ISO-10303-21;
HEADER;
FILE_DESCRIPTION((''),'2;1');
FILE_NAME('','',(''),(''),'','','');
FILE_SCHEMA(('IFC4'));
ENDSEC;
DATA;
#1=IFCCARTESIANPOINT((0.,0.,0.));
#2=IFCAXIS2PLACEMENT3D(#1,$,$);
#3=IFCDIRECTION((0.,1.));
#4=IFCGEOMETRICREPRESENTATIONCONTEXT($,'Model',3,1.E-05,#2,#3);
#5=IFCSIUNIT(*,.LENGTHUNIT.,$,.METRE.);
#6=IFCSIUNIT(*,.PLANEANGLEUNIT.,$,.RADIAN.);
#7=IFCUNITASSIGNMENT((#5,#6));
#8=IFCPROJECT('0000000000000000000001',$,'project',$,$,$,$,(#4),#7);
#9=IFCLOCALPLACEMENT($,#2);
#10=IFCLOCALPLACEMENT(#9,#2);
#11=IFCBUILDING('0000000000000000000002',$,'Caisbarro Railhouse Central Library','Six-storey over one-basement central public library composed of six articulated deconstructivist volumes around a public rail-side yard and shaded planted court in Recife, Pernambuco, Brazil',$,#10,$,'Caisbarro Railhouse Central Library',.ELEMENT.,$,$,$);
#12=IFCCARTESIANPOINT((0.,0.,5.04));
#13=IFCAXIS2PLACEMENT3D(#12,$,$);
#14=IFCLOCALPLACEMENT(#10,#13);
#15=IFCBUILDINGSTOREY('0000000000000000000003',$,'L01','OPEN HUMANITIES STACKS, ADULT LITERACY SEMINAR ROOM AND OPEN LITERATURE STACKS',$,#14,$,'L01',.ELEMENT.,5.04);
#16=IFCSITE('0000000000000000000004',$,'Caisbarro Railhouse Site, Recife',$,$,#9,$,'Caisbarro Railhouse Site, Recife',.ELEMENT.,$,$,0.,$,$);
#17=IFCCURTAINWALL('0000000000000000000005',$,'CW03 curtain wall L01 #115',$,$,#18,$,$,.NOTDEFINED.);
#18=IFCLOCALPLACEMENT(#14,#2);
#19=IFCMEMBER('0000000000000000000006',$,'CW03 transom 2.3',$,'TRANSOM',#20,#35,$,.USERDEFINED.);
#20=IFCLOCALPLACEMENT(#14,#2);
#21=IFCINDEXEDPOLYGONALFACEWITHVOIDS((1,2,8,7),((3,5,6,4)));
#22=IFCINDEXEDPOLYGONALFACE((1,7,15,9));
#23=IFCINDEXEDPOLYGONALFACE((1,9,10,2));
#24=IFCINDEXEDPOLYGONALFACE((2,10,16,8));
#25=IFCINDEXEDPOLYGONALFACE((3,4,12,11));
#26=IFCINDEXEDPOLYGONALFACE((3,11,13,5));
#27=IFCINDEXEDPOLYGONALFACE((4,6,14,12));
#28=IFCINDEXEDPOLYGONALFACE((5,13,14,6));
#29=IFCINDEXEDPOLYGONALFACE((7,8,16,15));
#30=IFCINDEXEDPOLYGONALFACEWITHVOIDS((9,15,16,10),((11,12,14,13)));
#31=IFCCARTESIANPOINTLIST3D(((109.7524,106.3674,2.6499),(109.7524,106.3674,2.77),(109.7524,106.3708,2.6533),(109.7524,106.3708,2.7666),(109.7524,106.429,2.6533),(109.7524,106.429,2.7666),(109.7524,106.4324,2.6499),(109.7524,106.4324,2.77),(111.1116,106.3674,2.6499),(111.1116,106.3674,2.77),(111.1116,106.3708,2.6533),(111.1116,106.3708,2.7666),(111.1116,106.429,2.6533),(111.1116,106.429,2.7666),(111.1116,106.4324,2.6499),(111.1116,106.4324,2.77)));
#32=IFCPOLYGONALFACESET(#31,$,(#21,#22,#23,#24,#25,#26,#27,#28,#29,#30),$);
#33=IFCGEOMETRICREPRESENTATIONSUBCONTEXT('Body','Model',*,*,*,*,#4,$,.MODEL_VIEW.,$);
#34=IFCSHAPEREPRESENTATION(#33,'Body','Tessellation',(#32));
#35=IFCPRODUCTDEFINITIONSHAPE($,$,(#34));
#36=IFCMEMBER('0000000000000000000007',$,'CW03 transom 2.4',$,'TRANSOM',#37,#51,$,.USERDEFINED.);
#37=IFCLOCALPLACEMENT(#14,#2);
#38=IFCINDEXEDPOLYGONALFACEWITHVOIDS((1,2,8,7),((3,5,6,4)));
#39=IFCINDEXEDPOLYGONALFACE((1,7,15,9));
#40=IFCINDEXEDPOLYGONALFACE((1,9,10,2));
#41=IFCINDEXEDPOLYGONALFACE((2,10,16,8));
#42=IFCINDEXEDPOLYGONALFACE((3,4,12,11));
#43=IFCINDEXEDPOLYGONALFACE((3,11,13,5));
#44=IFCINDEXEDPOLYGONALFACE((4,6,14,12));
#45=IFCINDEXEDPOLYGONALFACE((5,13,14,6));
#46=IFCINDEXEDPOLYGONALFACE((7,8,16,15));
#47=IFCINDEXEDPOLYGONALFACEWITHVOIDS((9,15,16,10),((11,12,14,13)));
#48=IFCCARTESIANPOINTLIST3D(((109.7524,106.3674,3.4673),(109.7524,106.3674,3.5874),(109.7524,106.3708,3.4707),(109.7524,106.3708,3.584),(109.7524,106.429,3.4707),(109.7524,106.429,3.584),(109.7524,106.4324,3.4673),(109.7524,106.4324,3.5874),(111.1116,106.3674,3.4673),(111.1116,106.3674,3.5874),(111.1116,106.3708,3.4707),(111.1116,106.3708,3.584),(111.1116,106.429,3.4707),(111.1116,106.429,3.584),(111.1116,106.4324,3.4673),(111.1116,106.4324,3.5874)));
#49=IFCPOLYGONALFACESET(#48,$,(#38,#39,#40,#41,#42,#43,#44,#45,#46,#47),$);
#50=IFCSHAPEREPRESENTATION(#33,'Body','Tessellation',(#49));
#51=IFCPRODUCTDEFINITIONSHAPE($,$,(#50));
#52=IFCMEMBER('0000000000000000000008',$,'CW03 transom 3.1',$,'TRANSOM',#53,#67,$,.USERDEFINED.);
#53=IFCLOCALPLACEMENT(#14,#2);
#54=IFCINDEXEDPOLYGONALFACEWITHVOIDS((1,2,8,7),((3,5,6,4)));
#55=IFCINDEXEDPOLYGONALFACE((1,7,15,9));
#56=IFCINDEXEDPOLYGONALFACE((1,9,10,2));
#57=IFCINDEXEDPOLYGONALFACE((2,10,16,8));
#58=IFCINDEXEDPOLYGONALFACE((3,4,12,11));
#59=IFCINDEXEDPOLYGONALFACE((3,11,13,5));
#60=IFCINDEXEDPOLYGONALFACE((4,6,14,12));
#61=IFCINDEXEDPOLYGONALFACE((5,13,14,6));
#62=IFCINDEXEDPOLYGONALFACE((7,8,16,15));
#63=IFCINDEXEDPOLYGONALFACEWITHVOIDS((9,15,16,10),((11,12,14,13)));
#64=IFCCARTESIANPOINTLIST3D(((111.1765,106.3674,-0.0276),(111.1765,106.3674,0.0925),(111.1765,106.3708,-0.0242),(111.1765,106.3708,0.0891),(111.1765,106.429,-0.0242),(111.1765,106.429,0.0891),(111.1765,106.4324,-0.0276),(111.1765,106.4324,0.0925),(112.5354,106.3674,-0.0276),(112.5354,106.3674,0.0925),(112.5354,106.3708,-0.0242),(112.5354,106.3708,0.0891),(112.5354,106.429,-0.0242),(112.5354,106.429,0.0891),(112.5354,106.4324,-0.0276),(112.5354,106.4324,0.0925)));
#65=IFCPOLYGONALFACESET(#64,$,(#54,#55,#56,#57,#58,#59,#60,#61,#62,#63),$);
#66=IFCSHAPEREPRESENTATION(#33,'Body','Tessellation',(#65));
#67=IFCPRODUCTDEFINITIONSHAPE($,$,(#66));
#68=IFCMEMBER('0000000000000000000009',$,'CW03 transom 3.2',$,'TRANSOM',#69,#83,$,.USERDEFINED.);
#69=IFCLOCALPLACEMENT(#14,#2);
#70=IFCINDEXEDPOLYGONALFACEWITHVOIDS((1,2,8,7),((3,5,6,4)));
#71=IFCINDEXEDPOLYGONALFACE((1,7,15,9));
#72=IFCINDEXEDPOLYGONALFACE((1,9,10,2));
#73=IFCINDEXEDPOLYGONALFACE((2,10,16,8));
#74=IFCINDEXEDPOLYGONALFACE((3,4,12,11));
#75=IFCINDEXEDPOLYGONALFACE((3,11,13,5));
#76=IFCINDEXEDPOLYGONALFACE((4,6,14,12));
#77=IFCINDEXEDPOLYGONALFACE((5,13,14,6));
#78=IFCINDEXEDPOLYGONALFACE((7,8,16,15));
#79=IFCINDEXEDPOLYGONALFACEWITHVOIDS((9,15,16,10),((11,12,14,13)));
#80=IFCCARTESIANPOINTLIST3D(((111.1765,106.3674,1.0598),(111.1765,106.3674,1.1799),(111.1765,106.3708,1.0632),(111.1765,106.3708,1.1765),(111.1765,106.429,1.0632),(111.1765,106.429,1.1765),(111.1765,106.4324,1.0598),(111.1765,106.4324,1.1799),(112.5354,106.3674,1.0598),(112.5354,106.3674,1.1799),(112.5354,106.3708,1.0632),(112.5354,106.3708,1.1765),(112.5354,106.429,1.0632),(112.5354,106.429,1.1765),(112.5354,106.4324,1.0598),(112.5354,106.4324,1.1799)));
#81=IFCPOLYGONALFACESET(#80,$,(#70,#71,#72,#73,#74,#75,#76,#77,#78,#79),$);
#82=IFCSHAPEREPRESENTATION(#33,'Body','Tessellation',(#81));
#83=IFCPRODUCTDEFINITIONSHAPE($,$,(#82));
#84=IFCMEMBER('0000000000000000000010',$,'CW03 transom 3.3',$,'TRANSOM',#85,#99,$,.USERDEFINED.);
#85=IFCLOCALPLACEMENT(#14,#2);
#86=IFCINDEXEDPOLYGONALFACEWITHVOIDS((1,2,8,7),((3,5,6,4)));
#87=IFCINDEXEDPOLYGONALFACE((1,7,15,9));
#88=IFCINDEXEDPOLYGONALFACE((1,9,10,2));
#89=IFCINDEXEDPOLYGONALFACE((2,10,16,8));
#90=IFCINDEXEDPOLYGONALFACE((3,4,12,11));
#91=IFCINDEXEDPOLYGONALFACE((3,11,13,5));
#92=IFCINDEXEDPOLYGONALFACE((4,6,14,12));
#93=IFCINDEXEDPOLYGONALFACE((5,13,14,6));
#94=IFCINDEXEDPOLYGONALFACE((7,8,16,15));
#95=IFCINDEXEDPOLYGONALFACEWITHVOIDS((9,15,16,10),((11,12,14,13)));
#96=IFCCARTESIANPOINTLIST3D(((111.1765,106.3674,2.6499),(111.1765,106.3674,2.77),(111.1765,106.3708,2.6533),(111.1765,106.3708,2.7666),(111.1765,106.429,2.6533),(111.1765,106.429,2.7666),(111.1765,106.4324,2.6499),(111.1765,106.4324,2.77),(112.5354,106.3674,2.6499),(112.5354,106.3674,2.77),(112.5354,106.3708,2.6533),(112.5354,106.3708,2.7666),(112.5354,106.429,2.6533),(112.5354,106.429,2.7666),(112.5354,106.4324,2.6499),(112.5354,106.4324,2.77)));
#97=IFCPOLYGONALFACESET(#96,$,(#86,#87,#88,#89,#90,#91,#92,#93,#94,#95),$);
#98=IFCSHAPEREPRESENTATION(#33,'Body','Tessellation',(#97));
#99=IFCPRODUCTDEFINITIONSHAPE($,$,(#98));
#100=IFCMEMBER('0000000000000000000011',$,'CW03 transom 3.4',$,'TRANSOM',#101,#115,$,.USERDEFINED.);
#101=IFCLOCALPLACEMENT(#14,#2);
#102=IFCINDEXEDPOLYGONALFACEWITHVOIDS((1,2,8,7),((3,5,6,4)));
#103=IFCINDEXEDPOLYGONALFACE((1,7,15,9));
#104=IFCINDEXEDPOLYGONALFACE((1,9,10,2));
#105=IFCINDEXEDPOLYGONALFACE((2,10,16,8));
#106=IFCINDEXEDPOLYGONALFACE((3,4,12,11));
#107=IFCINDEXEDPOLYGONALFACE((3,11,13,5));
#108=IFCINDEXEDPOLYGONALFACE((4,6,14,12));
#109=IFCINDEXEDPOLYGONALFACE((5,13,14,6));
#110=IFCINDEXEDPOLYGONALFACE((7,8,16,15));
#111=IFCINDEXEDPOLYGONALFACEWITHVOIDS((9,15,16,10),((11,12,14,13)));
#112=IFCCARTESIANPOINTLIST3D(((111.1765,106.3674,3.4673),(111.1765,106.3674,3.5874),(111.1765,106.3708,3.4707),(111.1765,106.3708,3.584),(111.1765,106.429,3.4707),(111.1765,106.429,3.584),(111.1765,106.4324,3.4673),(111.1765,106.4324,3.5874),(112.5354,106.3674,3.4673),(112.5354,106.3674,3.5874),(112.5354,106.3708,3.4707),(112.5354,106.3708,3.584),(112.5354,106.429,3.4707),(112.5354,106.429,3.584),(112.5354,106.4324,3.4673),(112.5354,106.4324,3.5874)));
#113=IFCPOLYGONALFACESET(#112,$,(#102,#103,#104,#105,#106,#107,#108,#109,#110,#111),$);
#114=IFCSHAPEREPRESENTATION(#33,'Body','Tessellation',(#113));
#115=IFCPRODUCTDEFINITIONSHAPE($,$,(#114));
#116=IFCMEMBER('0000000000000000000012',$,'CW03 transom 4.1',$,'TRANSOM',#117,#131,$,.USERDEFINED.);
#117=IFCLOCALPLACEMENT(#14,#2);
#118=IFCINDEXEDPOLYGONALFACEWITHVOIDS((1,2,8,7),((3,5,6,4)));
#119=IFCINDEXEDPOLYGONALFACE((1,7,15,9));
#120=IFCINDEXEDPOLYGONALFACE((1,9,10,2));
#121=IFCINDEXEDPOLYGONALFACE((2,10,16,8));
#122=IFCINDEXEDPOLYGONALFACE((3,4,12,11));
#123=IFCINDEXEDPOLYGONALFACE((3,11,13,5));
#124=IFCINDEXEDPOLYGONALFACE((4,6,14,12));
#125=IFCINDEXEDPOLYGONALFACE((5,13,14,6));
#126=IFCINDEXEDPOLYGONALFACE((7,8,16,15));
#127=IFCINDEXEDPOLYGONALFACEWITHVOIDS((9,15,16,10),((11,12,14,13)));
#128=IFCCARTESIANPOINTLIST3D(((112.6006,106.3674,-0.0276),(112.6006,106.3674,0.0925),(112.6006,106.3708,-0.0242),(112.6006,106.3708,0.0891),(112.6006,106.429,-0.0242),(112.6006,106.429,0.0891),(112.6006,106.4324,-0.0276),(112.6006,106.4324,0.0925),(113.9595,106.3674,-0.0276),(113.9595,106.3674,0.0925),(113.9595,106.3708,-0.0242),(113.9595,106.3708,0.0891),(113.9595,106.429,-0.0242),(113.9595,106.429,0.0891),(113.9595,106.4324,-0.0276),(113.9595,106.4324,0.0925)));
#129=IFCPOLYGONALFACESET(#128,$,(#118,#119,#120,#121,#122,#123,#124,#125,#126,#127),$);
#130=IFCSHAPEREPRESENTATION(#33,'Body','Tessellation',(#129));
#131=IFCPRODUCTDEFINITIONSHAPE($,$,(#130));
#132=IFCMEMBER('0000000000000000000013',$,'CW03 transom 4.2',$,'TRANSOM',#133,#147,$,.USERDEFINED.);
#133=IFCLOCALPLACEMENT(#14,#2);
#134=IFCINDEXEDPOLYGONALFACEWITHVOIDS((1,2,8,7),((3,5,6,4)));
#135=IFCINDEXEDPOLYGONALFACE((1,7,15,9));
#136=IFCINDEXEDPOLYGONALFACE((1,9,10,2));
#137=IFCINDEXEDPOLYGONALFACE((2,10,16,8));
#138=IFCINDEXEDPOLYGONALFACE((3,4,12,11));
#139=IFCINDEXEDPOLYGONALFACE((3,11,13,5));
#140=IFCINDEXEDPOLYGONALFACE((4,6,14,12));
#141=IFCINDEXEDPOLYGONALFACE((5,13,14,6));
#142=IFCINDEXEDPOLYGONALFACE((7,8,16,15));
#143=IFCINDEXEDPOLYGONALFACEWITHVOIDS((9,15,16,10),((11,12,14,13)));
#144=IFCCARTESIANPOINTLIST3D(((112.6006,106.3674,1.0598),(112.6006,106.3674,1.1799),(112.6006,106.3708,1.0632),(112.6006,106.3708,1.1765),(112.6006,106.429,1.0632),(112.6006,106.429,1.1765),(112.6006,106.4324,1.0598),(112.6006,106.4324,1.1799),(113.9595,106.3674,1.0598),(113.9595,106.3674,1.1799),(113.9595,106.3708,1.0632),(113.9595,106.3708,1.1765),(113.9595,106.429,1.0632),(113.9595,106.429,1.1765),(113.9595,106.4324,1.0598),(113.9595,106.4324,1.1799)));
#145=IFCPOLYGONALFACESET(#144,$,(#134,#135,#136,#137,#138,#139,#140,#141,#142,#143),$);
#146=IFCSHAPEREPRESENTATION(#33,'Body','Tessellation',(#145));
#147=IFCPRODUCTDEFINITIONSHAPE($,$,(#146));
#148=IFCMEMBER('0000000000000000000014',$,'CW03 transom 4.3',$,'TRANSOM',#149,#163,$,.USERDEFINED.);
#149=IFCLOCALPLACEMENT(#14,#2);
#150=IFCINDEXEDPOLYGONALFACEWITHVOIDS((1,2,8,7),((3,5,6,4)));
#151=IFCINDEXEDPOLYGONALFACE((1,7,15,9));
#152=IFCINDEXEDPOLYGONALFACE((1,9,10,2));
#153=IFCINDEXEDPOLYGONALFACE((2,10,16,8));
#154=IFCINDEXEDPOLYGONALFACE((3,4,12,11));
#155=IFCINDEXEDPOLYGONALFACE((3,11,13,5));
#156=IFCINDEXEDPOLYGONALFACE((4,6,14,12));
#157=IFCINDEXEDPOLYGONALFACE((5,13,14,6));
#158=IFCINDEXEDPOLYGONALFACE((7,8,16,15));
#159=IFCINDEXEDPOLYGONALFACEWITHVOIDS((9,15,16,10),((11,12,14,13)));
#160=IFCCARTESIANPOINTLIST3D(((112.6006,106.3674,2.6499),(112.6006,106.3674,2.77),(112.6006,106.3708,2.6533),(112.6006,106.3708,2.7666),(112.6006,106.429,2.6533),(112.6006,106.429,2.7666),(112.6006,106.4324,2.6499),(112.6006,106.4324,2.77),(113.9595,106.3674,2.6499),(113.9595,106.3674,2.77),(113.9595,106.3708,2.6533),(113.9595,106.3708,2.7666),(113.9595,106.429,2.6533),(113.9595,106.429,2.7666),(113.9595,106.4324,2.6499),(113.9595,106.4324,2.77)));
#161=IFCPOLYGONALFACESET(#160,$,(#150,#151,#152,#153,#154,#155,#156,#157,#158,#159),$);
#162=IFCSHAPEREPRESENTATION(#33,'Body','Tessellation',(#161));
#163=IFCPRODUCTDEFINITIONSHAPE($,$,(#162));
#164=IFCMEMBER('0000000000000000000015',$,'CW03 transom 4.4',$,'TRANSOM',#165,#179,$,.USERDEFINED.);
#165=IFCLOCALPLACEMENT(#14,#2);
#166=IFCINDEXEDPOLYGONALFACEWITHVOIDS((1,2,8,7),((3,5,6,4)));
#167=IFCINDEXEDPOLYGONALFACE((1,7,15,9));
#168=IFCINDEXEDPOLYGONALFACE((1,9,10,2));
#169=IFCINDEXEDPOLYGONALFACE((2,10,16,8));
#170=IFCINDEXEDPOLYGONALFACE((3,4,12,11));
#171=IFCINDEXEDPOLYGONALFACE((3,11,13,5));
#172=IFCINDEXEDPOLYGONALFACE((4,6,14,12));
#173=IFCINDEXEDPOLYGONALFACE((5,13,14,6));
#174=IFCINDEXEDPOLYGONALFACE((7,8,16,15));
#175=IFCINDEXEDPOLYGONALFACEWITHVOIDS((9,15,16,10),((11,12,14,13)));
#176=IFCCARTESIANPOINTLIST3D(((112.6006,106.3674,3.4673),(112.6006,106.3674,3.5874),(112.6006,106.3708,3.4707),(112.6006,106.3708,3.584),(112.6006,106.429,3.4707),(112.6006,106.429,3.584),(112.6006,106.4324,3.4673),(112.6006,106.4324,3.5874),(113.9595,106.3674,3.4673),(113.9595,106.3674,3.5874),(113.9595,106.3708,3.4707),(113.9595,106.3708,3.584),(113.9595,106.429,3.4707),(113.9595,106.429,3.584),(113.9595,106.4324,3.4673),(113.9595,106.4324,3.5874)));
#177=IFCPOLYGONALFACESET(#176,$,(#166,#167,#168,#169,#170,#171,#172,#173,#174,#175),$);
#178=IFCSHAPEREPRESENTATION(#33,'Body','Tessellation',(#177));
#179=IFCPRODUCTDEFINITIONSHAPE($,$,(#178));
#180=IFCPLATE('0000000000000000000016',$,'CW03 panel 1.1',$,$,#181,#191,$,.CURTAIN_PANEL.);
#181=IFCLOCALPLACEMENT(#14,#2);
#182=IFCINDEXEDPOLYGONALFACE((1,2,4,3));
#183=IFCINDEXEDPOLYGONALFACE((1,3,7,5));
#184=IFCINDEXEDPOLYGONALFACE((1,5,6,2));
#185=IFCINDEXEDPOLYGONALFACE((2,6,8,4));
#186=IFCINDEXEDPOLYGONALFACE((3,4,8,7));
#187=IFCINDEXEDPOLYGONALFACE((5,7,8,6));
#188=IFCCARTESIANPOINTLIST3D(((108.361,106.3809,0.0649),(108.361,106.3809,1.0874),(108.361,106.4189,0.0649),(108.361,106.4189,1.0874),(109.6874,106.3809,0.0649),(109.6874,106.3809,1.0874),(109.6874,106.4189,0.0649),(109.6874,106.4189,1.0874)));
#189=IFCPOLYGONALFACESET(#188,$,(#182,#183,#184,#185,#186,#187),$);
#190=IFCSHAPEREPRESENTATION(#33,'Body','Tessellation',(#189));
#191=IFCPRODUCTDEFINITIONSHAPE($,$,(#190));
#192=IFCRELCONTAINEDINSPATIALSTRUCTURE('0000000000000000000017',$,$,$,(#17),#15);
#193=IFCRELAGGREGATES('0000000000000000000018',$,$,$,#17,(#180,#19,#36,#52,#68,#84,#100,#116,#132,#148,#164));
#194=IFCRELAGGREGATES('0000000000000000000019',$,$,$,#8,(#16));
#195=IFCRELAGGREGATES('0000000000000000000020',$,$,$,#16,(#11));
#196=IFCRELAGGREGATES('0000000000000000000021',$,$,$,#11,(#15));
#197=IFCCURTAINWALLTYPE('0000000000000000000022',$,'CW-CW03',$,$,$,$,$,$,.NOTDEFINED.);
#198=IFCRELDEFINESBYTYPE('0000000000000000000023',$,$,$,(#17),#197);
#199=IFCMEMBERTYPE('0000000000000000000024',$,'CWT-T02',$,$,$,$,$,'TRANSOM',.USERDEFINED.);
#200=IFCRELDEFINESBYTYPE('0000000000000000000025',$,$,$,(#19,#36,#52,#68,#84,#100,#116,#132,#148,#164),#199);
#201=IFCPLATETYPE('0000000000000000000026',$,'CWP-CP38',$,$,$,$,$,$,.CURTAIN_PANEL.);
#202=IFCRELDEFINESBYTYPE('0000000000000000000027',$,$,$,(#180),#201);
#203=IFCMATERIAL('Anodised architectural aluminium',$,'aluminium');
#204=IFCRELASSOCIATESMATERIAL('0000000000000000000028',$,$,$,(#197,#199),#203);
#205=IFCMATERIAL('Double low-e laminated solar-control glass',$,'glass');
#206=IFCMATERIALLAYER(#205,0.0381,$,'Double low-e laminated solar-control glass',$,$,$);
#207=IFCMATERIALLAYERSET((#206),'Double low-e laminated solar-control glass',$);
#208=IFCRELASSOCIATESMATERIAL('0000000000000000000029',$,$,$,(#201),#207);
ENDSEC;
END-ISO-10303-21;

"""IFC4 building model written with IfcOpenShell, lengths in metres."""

from ifc_helpers import new_model, si_unit, direction, frame, origin, origin_2d, place, context, subcontext, project, spatial, rectangle, hollow_rectangle, extrude, material, layer, layer_set, material_profile, profile_set, type_object, element, aggregate, save


model = new_model("IFC4")

# Units and contexts
model_context = context("Model", 3, precision=1e-05, world=origin(), true_north=direction((0.0, 1.0)))
body_context = subcontext(model_context, "Body", "Model", "MODEL_VIEW")
ifc_project = project(units=[si_unit("LENGTHUNIT", "METRE"), si_unit("PLANEANGLEUNIT", "RADIAN")], contexts=[model_context])

# Site, building, storey
site_placement = place(None, origin())
site = spatial("IfcSite", under=ifc_project, at=site_placement, Name="Caisbarro Railhouse Site, Recife", LongName="Caisbarro Railhouse Site, Recife", CompositionType="ELEMENT", RefElevation=0.0)
building_placement = place(site_placement, origin())
building = spatial("IfcBuilding", under=site, at=building_placement, Name="Caisbarro Railhouse Central Library", Description="Six-storey over one-basement central public library composed of six articulated deconstructivist volumes around a public rail-side yard and shaded planted court in Recife, Pernambuco, Brazil", LongName="Caisbarro Railhouse Central Library", CompositionType="ELEMENT")
storey_placement = place(building_placement, frame((0.0, 0.0, 5.04)))
storey = spatial("IfcBuildingStorey", under=building, at=storey_placement, Name="L01", Description="OPEN HUMANITIES STACKS, ADULT LITERACY SEMINAR ROOM AND OPEN LITERATURE STACKS", LongName="L01", CompositionType="ELEMENT", Elevation=5.04)

# Shared definitions
ifc_material_1 = material(Name="Anodised architectural aluminium", Category="aluminium")

# Curtain wall
curtain_wall_type_1 = type_object("IfcCurtainWallType", Name="CW-CW03", PredefinedType="NOTDEFINED", material=ifc_material_1)
curtain_wall_1_placement = place(storey_placement, origin())
curtain_wall_1 = element("IfcCurtainWall", 1, at=curtain_wall_1_placement, inside=storey, type_object=curtain_wall_type_1, Name="CW03 curtain wall L01 #115", PredefinedType="NOTDEFINED")

# Members
ifc_material_profile_1 = material_profile(ifc_material_1, hollow_rectangle(XDim=0.0649, YDim=0.1201, WallThickness=0.0034, at=origin_2d()), Name="ALU-TRN-65X120")
ifc_profile_set_1 = profile_set([ifc_material_profile_1], Name="Anodised architectural aluminium")
member_type_1 = type_object("IfcMemberType", Name="CWT-T02", ElementType="TRANSOM", PredefinedType="USERDEFINED", material=ifc_profile_set_1)
member_1_placement = place(storey_placement, frame((109.7524, 106.3999, 2.71), z_axis=(1.0, 0.0, 0.0), x_axis=(0.0, 1.0, 0.0)))
member_1 = element("IfcMember", 2, at=member_1_placement, type_object=member_type_1, Name="CW03 transom 2.3", ObjectType="TRANSOM", PredefinedType="USERDEFINED", context=body_context, shape_type="SweptSolid", body=[
    extrude(hollow_rectangle(XDim=0.0649, YDim=0.1201, WallThickness=0.0034, at=origin_2d()), origin(), (0.0, 0.0, 1.0), 1.3591),
])
member_2_placement = place(storey_placement, frame((109.7524, 106.3999, 3.5273), z_axis=(1.0, 0.0, 0.0), x_axis=(0.0, 1.0, 0.0)))
member_2 = element("IfcMember", 3, at=member_2_placement, type_object=member_type_1, Name="CW03 transom 2.4", ObjectType="TRANSOM", PredefinedType="USERDEFINED", context=body_context, shape_type="SweptSolid", body=[
    extrude(hollow_rectangle(XDim=0.0649, YDim=0.1201, WallThickness=0.0034, at=origin_2d()), origin(), (0.0, 0.0, 1.0), 1.3591),
])
member_3_placement = place(storey_placement, frame((111.1765, 106.3999, 0.0325), z_axis=(1.0, 0.0, 0.0), x_axis=(0.0, 1.0, 0.0)))
member_3 = element("IfcMember", 4, at=member_3_placement, type_object=member_type_1, Name="CW03 transom 3.1", ObjectType="TRANSOM", PredefinedType="USERDEFINED", context=body_context, shape_type="SweptSolid", body=[
    extrude(hollow_rectangle(XDim=0.0649, YDim=0.1201, WallThickness=0.0034, at=origin_2d()), origin(), (0.0, 0.0, 1.0), 1.3589),
])
member_4_placement = place(storey_placement, frame((111.1765, 106.3999, 1.1199), z_axis=(1.0, 0.0, 0.0), x_axis=(0.0, 1.0, 0.0)))
member_4 = element("IfcMember", 5, at=member_4_placement, type_object=member_type_1, Name="CW03 transom 3.2", ObjectType="TRANSOM", PredefinedType="USERDEFINED", context=body_context, shape_type="SweptSolid", body=[
    extrude(hollow_rectangle(XDim=0.0649, YDim=0.1201, WallThickness=0.0034, at=origin_2d()), origin(), (0.0, 0.0, 1.0), 1.3589),
])
member_5_placement = place(storey_placement, frame((111.1765, 106.3999, 2.71), z_axis=(1.0, 0.0, 0.0), x_axis=(0.0, 1.0, 0.0)))
member_5 = element("IfcMember", 6, at=member_5_placement, type_object=member_type_1, Name="CW03 transom 3.3", ObjectType="TRANSOM", PredefinedType="USERDEFINED", context=body_context, shape_type="SweptSolid", body=[
    extrude(hollow_rectangle(XDim=0.0649, YDim=0.1201, WallThickness=0.0034, at=origin_2d()), origin(), (0.0, 0.0, 1.0), 1.3589),
])
member_6_placement = place(storey_placement, frame((111.1765, 106.3999, 3.5273), z_axis=(1.0, 0.0, 0.0), x_axis=(0.0, 1.0, 0.0)))
member_6 = element("IfcMember", 7, at=member_6_placement, type_object=member_type_1, Name="CW03 transom 3.4", ObjectType="TRANSOM", PredefinedType="USERDEFINED", context=body_context, shape_type="SweptSolid", body=[
    extrude(hollow_rectangle(XDim=0.0649, YDim=0.1201, WallThickness=0.0034, at=origin_2d()), origin(), (0.0, 0.0, 1.0), 1.3589),
])
member_7_placement = place(storey_placement, frame((112.6006, 106.3999, 0.0325), z_axis=(1.0, 0.0, 0.0), x_axis=(0.0, 1.0, 0.0)))
member_7 = element("IfcMember", 8, at=member_7_placement, type_object=member_type_1, Name="CW03 transom 4.1", ObjectType="TRANSOM", PredefinedType="USERDEFINED", context=body_context, shape_type="SweptSolid", body=[
    extrude(hollow_rectangle(XDim=0.0649, YDim=0.1201, WallThickness=0.0034, at=origin_2d()), origin(), (0.0, 0.0, 1.0), 1.3589),
])
member_8_placement = place(storey_placement, frame((112.6006, 106.3999, 1.1199), z_axis=(1.0, 0.0, 0.0), x_axis=(0.0, 1.0, 0.0)))
member_8 = element("IfcMember", 9, at=member_8_placement, type_object=member_type_1, Name="CW03 transom 4.2", ObjectType="TRANSOM", PredefinedType="USERDEFINED", context=body_context, shape_type="SweptSolid", body=[
    extrude(hollow_rectangle(XDim=0.0649, YDim=0.1201, WallThickness=0.0034, at=origin_2d()), origin(), (0.0, 0.0, 1.0), 1.3589),
])
member_9_placement = place(storey_placement, frame((112.6006, 106.3999, 2.71), z_axis=(1.0, 0.0, 0.0), x_axis=(0.0, 1.0, 0.0)))
member_9 = element("IfcMember", 10, at=member_9_placement, type_object=member_type_1, Name="CW03 transom 4.3", ObjectType="TRANSOM", PredefinedType="USERDEFINED", context=body_context, shape_type="SweptSolid", body=[
    extrude(hollow_rectangle(XDim=0.0649, YDim=0.1201, WallThickness=0.0034, at=origin_2d()), origin(), (0.0, 0.0, 1.0), 1.3589),
])
member_10_placement = place(storey_placement, frame((112.6006, 106.3999, 3.5273), z_axis=(1.0, 0.0, 0.0), x_axis=(0.0, 1.0, 0.0)))
member_10 = element("IfcMember", 11, at=member_10_placement, type_object=member_type_1, Name="CW03 transom 4.4", ObjectType="TRANSOM", PredefinedType="USERDEFINED", context=body_context, shape_type="SweptSolid", body=[
    extrude(hollow_rectangle(XDim=0.0649, YDim=0.1201, WallThickness=0.0034, at=origin_2d()), origin(), (0.0, 0.0, 1.0), 1.3589),
])

# Plate
ifc_material_2 = material(Name="Double low-e laminated solar-control glass", Category="glass")
ifc_layer_1 = layer(ifc_material_2, 0.0381, Name="Double low-e laminated solar-control glass")
ifc_layer_set_1 = layer_set([ifc_layer_1], Name="Double low-e laminated solar-control glass")
plate_type_1 = type_object("IfcPlateType", Name="CWP-CP38", PredefinedType="CURTAIN_PANEL", material=ifc_layer_set_1)
plate_1_placement = place(storey_placement, frame((109.0242, 106.3999, 0.0649), z_axis=(0.0, 0.0, 1.0), x_axis=(1.0, 0.0, 0.0)))
plate_1 = element("IfcPlate", 12, at=plate_1_placement, type_object=plate_type_1, Name="CW03 panel 1.1", PredefinedType="CURTAIN_PANEL", context=body_context, shape_type="SweptSolid", body=[
    extrude(rectangle(XDim=1.3264, YDim=0.0381, at=origin_2d()), origin(), (0.0, 0.0, 1.0), 1.0225),
])
aggregate(curtain_wall_1, [plate_1, member_1, member_2, member_3, member_4, member_5, member_6, member_7, member_8, member_9, member_10])

save(model, "model.ifc")
